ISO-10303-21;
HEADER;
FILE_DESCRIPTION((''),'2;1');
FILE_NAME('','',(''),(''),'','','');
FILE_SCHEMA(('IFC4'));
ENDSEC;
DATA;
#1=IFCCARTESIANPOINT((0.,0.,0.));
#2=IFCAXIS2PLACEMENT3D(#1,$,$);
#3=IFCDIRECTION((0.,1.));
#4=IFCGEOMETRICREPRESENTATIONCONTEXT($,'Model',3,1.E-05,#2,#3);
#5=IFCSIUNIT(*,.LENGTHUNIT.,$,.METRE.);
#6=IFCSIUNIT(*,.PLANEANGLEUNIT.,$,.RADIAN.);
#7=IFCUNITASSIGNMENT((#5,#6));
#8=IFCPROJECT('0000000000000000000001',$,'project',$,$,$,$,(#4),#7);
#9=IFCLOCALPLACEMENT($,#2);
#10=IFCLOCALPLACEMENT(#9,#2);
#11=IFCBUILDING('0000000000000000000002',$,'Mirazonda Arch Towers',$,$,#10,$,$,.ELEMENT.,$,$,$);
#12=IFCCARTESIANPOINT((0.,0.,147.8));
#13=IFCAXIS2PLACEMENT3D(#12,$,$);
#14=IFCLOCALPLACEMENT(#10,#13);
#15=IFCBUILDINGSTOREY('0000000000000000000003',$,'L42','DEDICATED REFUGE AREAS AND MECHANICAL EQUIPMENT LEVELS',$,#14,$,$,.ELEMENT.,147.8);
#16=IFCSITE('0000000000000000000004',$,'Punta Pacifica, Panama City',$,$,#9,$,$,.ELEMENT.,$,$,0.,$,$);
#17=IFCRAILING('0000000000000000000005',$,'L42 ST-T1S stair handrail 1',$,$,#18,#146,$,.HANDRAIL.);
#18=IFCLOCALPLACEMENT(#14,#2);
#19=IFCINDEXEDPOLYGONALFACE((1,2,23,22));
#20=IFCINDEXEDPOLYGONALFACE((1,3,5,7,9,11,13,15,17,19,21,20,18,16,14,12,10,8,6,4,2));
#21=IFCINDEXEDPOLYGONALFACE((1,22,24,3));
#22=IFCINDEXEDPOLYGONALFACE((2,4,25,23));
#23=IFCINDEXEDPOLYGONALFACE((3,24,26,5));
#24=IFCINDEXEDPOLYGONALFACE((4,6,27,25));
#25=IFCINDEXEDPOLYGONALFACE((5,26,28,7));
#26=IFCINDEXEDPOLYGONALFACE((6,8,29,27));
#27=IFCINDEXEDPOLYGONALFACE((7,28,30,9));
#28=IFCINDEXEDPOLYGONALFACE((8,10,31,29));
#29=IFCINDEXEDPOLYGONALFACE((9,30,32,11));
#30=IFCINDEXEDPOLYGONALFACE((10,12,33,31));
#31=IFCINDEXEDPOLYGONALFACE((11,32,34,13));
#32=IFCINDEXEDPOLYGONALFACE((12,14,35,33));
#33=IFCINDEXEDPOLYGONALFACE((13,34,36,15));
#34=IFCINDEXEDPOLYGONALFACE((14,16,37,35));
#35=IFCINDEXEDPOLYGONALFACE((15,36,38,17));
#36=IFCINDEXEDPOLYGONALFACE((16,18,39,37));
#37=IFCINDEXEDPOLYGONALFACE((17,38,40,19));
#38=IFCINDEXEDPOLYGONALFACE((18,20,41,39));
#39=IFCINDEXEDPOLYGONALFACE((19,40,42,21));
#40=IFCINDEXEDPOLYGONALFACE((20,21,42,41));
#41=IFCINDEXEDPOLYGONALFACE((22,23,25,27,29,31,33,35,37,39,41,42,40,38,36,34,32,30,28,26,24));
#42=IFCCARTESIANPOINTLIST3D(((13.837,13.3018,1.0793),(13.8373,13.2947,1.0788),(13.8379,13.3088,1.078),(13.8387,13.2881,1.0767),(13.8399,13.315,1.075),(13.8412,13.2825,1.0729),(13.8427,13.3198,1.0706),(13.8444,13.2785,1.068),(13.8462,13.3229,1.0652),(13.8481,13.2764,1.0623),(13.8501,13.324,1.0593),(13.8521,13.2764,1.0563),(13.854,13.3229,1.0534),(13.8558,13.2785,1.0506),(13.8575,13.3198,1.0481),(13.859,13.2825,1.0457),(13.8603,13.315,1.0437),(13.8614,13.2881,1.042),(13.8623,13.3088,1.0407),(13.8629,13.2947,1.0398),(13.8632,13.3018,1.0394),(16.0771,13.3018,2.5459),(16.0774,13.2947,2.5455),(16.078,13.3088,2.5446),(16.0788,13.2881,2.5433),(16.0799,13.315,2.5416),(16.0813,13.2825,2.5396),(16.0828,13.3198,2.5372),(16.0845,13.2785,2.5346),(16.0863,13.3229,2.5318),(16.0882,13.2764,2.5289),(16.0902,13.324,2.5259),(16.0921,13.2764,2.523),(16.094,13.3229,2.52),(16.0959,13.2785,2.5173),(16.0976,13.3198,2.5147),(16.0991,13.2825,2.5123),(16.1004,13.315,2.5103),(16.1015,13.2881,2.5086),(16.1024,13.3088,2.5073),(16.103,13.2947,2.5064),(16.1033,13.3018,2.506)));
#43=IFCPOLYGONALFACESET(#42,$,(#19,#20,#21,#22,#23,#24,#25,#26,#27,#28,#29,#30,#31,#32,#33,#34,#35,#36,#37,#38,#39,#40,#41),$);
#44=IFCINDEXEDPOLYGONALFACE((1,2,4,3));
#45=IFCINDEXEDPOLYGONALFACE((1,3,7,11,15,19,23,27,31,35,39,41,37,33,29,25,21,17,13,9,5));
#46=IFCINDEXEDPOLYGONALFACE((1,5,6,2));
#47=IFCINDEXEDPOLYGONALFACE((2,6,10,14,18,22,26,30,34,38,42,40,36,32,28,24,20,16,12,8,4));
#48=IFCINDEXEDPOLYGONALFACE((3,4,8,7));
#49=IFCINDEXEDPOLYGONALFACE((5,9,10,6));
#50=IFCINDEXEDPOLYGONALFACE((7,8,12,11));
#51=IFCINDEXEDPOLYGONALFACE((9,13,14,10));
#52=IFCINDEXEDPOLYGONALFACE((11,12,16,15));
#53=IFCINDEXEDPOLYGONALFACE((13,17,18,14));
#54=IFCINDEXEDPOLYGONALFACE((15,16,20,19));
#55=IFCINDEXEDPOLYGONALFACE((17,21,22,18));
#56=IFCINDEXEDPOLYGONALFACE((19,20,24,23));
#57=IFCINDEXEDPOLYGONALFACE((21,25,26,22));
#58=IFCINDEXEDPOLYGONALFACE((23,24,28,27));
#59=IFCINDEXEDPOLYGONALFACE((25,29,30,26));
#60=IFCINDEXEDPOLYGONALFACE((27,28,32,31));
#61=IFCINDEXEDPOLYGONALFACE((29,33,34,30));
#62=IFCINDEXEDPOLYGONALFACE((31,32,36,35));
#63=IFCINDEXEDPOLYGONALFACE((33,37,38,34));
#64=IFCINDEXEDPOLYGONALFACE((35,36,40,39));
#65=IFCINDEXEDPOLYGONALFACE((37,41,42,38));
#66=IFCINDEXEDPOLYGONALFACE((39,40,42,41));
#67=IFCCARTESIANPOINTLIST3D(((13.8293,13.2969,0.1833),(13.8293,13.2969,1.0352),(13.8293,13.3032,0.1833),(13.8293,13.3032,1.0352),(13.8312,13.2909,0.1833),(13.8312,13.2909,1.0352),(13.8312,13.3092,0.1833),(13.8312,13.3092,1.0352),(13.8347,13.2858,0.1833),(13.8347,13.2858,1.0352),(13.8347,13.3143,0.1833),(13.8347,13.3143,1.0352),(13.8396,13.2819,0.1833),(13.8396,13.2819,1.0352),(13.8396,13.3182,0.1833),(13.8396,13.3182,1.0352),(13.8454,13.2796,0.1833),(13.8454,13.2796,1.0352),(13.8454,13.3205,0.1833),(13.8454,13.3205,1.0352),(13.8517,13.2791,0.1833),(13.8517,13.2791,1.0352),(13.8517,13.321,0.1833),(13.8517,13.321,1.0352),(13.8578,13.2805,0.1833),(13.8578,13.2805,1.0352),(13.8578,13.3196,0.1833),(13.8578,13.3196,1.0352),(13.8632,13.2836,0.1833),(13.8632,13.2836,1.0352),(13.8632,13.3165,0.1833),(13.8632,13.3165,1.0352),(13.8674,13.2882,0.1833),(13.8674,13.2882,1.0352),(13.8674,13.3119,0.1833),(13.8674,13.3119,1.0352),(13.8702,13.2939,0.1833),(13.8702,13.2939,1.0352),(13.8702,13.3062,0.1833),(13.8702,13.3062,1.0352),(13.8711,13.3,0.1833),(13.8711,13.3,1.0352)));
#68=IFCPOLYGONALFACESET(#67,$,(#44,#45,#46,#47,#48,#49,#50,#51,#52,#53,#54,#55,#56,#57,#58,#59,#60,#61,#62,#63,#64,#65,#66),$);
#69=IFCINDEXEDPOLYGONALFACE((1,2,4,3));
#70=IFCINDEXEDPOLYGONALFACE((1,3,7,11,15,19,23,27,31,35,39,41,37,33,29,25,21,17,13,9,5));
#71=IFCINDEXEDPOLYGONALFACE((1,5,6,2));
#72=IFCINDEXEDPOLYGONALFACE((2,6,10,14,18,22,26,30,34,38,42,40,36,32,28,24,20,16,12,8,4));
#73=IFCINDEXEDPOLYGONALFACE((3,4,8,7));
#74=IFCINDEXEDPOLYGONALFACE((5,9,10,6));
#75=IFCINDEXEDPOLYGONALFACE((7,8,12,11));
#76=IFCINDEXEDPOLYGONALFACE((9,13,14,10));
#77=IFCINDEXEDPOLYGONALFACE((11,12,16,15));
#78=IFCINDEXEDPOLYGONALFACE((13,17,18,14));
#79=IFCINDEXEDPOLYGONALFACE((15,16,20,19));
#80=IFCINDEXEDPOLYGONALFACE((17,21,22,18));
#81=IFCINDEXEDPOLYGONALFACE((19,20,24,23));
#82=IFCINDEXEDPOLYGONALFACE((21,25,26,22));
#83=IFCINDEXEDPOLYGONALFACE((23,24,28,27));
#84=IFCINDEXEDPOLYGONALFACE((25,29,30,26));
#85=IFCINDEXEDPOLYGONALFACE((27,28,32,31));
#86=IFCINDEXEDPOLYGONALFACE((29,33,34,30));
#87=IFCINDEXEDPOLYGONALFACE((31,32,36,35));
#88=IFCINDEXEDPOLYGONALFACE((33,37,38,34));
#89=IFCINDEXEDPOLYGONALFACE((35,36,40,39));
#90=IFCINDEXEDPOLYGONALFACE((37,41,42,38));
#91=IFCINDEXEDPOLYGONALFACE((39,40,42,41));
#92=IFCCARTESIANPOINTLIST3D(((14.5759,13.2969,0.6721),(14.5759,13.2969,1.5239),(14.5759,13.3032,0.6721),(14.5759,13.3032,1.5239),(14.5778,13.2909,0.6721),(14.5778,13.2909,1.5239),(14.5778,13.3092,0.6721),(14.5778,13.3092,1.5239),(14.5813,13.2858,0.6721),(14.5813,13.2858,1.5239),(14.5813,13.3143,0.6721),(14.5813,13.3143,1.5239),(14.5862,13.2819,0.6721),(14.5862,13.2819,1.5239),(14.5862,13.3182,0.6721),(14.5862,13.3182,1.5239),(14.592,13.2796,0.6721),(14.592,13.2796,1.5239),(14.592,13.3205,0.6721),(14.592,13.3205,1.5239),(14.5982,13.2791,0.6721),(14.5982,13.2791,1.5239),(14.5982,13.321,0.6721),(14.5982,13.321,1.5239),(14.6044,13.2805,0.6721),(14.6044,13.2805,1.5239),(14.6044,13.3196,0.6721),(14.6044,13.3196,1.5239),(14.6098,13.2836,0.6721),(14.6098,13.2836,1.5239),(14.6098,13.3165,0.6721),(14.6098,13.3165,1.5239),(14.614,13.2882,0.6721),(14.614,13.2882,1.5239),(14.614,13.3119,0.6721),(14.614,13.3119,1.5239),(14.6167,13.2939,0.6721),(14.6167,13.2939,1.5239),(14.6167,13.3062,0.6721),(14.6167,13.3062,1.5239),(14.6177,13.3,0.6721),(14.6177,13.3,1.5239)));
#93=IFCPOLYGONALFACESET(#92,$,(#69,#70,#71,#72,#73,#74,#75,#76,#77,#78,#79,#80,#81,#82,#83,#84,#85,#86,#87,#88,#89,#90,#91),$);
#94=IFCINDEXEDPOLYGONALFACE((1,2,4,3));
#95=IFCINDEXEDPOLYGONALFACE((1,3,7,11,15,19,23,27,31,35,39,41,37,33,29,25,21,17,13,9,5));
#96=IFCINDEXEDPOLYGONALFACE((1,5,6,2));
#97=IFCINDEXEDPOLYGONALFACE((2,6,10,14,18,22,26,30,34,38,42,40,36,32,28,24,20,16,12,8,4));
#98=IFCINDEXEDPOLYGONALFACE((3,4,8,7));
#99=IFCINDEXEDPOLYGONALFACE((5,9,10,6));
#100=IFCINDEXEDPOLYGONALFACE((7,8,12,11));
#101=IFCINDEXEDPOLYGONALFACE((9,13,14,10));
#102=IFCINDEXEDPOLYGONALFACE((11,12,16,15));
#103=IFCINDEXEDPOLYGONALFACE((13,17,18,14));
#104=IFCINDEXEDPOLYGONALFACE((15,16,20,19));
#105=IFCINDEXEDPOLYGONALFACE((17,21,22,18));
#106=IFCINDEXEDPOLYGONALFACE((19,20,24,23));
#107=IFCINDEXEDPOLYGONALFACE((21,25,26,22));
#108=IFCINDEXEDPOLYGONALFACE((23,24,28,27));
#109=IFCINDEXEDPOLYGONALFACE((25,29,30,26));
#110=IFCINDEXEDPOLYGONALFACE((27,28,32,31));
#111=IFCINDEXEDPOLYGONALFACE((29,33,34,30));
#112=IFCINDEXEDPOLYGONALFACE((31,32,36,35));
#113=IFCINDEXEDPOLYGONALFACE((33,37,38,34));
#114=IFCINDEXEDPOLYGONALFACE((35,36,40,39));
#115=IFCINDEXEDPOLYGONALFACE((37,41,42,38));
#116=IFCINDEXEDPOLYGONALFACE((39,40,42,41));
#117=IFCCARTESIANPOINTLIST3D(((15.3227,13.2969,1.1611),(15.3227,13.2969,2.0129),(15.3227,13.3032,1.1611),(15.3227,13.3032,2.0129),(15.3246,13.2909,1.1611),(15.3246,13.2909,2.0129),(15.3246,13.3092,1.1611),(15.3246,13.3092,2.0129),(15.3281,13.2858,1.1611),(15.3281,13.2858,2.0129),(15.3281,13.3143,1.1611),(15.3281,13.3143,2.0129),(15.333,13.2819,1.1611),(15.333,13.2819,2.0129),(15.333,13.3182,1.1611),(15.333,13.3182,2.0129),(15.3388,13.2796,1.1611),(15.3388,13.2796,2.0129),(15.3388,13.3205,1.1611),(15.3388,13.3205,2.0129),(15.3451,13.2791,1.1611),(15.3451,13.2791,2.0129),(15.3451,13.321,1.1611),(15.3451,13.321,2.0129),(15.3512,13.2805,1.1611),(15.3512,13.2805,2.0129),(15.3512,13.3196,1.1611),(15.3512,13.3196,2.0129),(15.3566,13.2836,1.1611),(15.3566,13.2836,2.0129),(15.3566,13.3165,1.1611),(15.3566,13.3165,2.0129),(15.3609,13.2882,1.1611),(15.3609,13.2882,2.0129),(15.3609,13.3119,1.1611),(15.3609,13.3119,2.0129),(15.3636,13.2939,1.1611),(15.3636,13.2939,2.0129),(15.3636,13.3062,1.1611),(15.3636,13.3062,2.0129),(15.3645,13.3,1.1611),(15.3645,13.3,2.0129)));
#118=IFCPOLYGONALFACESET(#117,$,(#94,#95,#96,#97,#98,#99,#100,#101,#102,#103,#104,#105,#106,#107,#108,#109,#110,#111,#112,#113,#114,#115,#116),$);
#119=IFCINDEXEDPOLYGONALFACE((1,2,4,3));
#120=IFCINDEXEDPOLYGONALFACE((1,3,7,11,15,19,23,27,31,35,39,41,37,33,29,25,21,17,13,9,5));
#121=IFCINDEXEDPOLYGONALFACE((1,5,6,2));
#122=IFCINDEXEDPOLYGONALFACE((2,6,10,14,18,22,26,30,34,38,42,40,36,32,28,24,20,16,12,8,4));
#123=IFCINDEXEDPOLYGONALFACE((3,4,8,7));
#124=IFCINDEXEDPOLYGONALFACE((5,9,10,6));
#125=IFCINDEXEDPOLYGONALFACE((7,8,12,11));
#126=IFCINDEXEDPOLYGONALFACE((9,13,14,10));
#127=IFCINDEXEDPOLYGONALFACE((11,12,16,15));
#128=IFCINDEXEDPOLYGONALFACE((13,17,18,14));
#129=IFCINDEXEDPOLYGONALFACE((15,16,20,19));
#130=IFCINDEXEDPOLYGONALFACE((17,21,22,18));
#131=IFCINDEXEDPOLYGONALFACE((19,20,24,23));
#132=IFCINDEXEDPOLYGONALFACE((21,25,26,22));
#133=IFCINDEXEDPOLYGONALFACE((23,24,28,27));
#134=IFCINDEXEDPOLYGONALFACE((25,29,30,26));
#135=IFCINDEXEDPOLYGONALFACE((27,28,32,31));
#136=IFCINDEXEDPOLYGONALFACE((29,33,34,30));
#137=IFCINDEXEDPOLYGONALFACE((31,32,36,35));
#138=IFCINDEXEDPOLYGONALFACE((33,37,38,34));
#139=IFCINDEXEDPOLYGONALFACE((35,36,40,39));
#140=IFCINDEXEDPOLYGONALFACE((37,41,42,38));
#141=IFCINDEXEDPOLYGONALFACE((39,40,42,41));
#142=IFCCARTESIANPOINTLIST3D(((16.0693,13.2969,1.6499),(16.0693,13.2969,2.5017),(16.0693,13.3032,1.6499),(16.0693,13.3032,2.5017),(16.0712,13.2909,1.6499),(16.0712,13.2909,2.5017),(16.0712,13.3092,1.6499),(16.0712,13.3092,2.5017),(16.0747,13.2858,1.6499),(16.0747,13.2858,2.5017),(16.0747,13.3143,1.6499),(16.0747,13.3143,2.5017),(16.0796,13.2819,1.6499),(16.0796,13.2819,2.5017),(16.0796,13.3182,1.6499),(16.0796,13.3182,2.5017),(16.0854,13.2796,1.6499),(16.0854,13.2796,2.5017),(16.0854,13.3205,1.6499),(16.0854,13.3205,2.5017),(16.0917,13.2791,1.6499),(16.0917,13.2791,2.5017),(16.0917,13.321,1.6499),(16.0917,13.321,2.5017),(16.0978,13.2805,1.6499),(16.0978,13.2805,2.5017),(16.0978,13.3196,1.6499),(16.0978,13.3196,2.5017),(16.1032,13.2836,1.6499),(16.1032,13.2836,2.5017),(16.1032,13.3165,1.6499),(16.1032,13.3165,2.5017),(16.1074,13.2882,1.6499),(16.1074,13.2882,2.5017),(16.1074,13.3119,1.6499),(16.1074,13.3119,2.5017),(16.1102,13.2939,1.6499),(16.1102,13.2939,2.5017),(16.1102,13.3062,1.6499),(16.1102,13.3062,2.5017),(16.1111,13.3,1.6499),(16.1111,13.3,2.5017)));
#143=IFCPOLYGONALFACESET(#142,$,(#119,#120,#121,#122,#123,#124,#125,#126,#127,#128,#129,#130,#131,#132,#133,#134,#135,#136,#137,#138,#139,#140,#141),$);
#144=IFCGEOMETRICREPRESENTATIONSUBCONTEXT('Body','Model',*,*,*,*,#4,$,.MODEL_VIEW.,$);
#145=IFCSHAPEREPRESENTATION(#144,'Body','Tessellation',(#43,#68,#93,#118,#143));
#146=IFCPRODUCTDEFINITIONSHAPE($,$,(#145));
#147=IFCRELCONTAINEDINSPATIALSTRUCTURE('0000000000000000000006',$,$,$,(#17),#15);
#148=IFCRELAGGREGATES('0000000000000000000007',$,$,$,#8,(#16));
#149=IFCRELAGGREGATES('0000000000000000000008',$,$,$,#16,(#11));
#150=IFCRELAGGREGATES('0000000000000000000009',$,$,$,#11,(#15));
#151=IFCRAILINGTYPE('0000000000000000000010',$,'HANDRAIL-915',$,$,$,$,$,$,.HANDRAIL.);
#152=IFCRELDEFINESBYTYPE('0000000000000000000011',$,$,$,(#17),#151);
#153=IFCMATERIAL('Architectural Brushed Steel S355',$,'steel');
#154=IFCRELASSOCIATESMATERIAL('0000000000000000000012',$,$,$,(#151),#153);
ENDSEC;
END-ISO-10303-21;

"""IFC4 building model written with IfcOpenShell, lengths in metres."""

from ifc_helpers import new_model, si_unit, direction, frame, origin, origin_2d, place, context, subcontext, project, spatial, circle, extrude, material, type_object, element, save


model = new_model("IFC4")

# Units and contexts
model_context = context("Model", 3, precision=1e-05, world=origin(), true_north=direction((0.0, 1.0)))
body_context = subcontext(model_context, "Body", "Model", "MODEL_VIEW")
ifc_project = project(units=[si_unit("LENGTHUNIT", "METRE"), si_unit("PLANEANGLEUNIT", "RADIAN")], contexts=[model_context])

# Site, building, storey
site_placement = place(None, origin())
site = spatial("IfcSite", under=ifc_project, at=site_placement, Name="Punta Pacifica, Panama City", CompositionType="ELEMENT", RefElevation=0.0)
building_placement = place(site_placement, origin())
building = spatial("IfcBuilding", under=site, at=building_placement, Name="Mirazonda Arch Towers", CompositionType="ELEMENT")
storey_placement = place(building_placement, frame((0.0, 0.0, 147.8)))
storey = spatial("IfcBuildingStorey", under=building, at=storey_placement, Name="L42", Description="DEDICATED REFUGE AREAS AND MECHANICAL EQUIPMENT LEVELS", CompositionType="ELEMENT", Elevation=147.8)

# Shared definitions
ifc_material_1 = material(Name="Architectural Brushed Steel S355", Category="steel")

# Railing
railing_type_1 = type_object("IfcRailingType", Name="HANDRAIL-915", PredefinedType="HANDRAIL", material=ifc_material_1)
railing_1_placement = place(storey_placement, frame((13.8501, 13.3, 0.1833)))
element("IfcRailing", 1, at=railing_1_placement, inside=storey, type_object=railing_type_1, Name="L42 ST-T1S stair handrail 1", PredefinedType="HANDRAIL", context=body_context, shape_type="SweptSolid", body=[
    extrude(circle(Radius=0.0239, at=origin_2d()), frame((0.0, 0.0, 0.876), z_axis=(0.836637, 0.0, 0.547758), x_axis=(0.0, 1.0, 0.0)), (0.0, 0.0, 1.0), 2.6775),
    extrude(circle(Radius=0.021, at=origin_2d()), origin(), (0.0, 0.0, 1.0), 0.8518),
    extrude(circle(Radius=0.021, at=origin_2d()), frame((0.7466, 0.0, 0.4888)), (0.0, 0.0, 1.0), 0.8518),
    extrude(circle(Radius=0.021, at=origin_2d()), frame((1.4934, 0.0, 0.9778)), (0.0, 0.0, 1.0), 0.8518),
    extrude(circle(Radius=0.021, at=origin_2d()), frame((2.24, 0.0, 1.4666)), (0.0, 0.0, 1.0), 0.8518),
])

save(model, "model.ifc")
